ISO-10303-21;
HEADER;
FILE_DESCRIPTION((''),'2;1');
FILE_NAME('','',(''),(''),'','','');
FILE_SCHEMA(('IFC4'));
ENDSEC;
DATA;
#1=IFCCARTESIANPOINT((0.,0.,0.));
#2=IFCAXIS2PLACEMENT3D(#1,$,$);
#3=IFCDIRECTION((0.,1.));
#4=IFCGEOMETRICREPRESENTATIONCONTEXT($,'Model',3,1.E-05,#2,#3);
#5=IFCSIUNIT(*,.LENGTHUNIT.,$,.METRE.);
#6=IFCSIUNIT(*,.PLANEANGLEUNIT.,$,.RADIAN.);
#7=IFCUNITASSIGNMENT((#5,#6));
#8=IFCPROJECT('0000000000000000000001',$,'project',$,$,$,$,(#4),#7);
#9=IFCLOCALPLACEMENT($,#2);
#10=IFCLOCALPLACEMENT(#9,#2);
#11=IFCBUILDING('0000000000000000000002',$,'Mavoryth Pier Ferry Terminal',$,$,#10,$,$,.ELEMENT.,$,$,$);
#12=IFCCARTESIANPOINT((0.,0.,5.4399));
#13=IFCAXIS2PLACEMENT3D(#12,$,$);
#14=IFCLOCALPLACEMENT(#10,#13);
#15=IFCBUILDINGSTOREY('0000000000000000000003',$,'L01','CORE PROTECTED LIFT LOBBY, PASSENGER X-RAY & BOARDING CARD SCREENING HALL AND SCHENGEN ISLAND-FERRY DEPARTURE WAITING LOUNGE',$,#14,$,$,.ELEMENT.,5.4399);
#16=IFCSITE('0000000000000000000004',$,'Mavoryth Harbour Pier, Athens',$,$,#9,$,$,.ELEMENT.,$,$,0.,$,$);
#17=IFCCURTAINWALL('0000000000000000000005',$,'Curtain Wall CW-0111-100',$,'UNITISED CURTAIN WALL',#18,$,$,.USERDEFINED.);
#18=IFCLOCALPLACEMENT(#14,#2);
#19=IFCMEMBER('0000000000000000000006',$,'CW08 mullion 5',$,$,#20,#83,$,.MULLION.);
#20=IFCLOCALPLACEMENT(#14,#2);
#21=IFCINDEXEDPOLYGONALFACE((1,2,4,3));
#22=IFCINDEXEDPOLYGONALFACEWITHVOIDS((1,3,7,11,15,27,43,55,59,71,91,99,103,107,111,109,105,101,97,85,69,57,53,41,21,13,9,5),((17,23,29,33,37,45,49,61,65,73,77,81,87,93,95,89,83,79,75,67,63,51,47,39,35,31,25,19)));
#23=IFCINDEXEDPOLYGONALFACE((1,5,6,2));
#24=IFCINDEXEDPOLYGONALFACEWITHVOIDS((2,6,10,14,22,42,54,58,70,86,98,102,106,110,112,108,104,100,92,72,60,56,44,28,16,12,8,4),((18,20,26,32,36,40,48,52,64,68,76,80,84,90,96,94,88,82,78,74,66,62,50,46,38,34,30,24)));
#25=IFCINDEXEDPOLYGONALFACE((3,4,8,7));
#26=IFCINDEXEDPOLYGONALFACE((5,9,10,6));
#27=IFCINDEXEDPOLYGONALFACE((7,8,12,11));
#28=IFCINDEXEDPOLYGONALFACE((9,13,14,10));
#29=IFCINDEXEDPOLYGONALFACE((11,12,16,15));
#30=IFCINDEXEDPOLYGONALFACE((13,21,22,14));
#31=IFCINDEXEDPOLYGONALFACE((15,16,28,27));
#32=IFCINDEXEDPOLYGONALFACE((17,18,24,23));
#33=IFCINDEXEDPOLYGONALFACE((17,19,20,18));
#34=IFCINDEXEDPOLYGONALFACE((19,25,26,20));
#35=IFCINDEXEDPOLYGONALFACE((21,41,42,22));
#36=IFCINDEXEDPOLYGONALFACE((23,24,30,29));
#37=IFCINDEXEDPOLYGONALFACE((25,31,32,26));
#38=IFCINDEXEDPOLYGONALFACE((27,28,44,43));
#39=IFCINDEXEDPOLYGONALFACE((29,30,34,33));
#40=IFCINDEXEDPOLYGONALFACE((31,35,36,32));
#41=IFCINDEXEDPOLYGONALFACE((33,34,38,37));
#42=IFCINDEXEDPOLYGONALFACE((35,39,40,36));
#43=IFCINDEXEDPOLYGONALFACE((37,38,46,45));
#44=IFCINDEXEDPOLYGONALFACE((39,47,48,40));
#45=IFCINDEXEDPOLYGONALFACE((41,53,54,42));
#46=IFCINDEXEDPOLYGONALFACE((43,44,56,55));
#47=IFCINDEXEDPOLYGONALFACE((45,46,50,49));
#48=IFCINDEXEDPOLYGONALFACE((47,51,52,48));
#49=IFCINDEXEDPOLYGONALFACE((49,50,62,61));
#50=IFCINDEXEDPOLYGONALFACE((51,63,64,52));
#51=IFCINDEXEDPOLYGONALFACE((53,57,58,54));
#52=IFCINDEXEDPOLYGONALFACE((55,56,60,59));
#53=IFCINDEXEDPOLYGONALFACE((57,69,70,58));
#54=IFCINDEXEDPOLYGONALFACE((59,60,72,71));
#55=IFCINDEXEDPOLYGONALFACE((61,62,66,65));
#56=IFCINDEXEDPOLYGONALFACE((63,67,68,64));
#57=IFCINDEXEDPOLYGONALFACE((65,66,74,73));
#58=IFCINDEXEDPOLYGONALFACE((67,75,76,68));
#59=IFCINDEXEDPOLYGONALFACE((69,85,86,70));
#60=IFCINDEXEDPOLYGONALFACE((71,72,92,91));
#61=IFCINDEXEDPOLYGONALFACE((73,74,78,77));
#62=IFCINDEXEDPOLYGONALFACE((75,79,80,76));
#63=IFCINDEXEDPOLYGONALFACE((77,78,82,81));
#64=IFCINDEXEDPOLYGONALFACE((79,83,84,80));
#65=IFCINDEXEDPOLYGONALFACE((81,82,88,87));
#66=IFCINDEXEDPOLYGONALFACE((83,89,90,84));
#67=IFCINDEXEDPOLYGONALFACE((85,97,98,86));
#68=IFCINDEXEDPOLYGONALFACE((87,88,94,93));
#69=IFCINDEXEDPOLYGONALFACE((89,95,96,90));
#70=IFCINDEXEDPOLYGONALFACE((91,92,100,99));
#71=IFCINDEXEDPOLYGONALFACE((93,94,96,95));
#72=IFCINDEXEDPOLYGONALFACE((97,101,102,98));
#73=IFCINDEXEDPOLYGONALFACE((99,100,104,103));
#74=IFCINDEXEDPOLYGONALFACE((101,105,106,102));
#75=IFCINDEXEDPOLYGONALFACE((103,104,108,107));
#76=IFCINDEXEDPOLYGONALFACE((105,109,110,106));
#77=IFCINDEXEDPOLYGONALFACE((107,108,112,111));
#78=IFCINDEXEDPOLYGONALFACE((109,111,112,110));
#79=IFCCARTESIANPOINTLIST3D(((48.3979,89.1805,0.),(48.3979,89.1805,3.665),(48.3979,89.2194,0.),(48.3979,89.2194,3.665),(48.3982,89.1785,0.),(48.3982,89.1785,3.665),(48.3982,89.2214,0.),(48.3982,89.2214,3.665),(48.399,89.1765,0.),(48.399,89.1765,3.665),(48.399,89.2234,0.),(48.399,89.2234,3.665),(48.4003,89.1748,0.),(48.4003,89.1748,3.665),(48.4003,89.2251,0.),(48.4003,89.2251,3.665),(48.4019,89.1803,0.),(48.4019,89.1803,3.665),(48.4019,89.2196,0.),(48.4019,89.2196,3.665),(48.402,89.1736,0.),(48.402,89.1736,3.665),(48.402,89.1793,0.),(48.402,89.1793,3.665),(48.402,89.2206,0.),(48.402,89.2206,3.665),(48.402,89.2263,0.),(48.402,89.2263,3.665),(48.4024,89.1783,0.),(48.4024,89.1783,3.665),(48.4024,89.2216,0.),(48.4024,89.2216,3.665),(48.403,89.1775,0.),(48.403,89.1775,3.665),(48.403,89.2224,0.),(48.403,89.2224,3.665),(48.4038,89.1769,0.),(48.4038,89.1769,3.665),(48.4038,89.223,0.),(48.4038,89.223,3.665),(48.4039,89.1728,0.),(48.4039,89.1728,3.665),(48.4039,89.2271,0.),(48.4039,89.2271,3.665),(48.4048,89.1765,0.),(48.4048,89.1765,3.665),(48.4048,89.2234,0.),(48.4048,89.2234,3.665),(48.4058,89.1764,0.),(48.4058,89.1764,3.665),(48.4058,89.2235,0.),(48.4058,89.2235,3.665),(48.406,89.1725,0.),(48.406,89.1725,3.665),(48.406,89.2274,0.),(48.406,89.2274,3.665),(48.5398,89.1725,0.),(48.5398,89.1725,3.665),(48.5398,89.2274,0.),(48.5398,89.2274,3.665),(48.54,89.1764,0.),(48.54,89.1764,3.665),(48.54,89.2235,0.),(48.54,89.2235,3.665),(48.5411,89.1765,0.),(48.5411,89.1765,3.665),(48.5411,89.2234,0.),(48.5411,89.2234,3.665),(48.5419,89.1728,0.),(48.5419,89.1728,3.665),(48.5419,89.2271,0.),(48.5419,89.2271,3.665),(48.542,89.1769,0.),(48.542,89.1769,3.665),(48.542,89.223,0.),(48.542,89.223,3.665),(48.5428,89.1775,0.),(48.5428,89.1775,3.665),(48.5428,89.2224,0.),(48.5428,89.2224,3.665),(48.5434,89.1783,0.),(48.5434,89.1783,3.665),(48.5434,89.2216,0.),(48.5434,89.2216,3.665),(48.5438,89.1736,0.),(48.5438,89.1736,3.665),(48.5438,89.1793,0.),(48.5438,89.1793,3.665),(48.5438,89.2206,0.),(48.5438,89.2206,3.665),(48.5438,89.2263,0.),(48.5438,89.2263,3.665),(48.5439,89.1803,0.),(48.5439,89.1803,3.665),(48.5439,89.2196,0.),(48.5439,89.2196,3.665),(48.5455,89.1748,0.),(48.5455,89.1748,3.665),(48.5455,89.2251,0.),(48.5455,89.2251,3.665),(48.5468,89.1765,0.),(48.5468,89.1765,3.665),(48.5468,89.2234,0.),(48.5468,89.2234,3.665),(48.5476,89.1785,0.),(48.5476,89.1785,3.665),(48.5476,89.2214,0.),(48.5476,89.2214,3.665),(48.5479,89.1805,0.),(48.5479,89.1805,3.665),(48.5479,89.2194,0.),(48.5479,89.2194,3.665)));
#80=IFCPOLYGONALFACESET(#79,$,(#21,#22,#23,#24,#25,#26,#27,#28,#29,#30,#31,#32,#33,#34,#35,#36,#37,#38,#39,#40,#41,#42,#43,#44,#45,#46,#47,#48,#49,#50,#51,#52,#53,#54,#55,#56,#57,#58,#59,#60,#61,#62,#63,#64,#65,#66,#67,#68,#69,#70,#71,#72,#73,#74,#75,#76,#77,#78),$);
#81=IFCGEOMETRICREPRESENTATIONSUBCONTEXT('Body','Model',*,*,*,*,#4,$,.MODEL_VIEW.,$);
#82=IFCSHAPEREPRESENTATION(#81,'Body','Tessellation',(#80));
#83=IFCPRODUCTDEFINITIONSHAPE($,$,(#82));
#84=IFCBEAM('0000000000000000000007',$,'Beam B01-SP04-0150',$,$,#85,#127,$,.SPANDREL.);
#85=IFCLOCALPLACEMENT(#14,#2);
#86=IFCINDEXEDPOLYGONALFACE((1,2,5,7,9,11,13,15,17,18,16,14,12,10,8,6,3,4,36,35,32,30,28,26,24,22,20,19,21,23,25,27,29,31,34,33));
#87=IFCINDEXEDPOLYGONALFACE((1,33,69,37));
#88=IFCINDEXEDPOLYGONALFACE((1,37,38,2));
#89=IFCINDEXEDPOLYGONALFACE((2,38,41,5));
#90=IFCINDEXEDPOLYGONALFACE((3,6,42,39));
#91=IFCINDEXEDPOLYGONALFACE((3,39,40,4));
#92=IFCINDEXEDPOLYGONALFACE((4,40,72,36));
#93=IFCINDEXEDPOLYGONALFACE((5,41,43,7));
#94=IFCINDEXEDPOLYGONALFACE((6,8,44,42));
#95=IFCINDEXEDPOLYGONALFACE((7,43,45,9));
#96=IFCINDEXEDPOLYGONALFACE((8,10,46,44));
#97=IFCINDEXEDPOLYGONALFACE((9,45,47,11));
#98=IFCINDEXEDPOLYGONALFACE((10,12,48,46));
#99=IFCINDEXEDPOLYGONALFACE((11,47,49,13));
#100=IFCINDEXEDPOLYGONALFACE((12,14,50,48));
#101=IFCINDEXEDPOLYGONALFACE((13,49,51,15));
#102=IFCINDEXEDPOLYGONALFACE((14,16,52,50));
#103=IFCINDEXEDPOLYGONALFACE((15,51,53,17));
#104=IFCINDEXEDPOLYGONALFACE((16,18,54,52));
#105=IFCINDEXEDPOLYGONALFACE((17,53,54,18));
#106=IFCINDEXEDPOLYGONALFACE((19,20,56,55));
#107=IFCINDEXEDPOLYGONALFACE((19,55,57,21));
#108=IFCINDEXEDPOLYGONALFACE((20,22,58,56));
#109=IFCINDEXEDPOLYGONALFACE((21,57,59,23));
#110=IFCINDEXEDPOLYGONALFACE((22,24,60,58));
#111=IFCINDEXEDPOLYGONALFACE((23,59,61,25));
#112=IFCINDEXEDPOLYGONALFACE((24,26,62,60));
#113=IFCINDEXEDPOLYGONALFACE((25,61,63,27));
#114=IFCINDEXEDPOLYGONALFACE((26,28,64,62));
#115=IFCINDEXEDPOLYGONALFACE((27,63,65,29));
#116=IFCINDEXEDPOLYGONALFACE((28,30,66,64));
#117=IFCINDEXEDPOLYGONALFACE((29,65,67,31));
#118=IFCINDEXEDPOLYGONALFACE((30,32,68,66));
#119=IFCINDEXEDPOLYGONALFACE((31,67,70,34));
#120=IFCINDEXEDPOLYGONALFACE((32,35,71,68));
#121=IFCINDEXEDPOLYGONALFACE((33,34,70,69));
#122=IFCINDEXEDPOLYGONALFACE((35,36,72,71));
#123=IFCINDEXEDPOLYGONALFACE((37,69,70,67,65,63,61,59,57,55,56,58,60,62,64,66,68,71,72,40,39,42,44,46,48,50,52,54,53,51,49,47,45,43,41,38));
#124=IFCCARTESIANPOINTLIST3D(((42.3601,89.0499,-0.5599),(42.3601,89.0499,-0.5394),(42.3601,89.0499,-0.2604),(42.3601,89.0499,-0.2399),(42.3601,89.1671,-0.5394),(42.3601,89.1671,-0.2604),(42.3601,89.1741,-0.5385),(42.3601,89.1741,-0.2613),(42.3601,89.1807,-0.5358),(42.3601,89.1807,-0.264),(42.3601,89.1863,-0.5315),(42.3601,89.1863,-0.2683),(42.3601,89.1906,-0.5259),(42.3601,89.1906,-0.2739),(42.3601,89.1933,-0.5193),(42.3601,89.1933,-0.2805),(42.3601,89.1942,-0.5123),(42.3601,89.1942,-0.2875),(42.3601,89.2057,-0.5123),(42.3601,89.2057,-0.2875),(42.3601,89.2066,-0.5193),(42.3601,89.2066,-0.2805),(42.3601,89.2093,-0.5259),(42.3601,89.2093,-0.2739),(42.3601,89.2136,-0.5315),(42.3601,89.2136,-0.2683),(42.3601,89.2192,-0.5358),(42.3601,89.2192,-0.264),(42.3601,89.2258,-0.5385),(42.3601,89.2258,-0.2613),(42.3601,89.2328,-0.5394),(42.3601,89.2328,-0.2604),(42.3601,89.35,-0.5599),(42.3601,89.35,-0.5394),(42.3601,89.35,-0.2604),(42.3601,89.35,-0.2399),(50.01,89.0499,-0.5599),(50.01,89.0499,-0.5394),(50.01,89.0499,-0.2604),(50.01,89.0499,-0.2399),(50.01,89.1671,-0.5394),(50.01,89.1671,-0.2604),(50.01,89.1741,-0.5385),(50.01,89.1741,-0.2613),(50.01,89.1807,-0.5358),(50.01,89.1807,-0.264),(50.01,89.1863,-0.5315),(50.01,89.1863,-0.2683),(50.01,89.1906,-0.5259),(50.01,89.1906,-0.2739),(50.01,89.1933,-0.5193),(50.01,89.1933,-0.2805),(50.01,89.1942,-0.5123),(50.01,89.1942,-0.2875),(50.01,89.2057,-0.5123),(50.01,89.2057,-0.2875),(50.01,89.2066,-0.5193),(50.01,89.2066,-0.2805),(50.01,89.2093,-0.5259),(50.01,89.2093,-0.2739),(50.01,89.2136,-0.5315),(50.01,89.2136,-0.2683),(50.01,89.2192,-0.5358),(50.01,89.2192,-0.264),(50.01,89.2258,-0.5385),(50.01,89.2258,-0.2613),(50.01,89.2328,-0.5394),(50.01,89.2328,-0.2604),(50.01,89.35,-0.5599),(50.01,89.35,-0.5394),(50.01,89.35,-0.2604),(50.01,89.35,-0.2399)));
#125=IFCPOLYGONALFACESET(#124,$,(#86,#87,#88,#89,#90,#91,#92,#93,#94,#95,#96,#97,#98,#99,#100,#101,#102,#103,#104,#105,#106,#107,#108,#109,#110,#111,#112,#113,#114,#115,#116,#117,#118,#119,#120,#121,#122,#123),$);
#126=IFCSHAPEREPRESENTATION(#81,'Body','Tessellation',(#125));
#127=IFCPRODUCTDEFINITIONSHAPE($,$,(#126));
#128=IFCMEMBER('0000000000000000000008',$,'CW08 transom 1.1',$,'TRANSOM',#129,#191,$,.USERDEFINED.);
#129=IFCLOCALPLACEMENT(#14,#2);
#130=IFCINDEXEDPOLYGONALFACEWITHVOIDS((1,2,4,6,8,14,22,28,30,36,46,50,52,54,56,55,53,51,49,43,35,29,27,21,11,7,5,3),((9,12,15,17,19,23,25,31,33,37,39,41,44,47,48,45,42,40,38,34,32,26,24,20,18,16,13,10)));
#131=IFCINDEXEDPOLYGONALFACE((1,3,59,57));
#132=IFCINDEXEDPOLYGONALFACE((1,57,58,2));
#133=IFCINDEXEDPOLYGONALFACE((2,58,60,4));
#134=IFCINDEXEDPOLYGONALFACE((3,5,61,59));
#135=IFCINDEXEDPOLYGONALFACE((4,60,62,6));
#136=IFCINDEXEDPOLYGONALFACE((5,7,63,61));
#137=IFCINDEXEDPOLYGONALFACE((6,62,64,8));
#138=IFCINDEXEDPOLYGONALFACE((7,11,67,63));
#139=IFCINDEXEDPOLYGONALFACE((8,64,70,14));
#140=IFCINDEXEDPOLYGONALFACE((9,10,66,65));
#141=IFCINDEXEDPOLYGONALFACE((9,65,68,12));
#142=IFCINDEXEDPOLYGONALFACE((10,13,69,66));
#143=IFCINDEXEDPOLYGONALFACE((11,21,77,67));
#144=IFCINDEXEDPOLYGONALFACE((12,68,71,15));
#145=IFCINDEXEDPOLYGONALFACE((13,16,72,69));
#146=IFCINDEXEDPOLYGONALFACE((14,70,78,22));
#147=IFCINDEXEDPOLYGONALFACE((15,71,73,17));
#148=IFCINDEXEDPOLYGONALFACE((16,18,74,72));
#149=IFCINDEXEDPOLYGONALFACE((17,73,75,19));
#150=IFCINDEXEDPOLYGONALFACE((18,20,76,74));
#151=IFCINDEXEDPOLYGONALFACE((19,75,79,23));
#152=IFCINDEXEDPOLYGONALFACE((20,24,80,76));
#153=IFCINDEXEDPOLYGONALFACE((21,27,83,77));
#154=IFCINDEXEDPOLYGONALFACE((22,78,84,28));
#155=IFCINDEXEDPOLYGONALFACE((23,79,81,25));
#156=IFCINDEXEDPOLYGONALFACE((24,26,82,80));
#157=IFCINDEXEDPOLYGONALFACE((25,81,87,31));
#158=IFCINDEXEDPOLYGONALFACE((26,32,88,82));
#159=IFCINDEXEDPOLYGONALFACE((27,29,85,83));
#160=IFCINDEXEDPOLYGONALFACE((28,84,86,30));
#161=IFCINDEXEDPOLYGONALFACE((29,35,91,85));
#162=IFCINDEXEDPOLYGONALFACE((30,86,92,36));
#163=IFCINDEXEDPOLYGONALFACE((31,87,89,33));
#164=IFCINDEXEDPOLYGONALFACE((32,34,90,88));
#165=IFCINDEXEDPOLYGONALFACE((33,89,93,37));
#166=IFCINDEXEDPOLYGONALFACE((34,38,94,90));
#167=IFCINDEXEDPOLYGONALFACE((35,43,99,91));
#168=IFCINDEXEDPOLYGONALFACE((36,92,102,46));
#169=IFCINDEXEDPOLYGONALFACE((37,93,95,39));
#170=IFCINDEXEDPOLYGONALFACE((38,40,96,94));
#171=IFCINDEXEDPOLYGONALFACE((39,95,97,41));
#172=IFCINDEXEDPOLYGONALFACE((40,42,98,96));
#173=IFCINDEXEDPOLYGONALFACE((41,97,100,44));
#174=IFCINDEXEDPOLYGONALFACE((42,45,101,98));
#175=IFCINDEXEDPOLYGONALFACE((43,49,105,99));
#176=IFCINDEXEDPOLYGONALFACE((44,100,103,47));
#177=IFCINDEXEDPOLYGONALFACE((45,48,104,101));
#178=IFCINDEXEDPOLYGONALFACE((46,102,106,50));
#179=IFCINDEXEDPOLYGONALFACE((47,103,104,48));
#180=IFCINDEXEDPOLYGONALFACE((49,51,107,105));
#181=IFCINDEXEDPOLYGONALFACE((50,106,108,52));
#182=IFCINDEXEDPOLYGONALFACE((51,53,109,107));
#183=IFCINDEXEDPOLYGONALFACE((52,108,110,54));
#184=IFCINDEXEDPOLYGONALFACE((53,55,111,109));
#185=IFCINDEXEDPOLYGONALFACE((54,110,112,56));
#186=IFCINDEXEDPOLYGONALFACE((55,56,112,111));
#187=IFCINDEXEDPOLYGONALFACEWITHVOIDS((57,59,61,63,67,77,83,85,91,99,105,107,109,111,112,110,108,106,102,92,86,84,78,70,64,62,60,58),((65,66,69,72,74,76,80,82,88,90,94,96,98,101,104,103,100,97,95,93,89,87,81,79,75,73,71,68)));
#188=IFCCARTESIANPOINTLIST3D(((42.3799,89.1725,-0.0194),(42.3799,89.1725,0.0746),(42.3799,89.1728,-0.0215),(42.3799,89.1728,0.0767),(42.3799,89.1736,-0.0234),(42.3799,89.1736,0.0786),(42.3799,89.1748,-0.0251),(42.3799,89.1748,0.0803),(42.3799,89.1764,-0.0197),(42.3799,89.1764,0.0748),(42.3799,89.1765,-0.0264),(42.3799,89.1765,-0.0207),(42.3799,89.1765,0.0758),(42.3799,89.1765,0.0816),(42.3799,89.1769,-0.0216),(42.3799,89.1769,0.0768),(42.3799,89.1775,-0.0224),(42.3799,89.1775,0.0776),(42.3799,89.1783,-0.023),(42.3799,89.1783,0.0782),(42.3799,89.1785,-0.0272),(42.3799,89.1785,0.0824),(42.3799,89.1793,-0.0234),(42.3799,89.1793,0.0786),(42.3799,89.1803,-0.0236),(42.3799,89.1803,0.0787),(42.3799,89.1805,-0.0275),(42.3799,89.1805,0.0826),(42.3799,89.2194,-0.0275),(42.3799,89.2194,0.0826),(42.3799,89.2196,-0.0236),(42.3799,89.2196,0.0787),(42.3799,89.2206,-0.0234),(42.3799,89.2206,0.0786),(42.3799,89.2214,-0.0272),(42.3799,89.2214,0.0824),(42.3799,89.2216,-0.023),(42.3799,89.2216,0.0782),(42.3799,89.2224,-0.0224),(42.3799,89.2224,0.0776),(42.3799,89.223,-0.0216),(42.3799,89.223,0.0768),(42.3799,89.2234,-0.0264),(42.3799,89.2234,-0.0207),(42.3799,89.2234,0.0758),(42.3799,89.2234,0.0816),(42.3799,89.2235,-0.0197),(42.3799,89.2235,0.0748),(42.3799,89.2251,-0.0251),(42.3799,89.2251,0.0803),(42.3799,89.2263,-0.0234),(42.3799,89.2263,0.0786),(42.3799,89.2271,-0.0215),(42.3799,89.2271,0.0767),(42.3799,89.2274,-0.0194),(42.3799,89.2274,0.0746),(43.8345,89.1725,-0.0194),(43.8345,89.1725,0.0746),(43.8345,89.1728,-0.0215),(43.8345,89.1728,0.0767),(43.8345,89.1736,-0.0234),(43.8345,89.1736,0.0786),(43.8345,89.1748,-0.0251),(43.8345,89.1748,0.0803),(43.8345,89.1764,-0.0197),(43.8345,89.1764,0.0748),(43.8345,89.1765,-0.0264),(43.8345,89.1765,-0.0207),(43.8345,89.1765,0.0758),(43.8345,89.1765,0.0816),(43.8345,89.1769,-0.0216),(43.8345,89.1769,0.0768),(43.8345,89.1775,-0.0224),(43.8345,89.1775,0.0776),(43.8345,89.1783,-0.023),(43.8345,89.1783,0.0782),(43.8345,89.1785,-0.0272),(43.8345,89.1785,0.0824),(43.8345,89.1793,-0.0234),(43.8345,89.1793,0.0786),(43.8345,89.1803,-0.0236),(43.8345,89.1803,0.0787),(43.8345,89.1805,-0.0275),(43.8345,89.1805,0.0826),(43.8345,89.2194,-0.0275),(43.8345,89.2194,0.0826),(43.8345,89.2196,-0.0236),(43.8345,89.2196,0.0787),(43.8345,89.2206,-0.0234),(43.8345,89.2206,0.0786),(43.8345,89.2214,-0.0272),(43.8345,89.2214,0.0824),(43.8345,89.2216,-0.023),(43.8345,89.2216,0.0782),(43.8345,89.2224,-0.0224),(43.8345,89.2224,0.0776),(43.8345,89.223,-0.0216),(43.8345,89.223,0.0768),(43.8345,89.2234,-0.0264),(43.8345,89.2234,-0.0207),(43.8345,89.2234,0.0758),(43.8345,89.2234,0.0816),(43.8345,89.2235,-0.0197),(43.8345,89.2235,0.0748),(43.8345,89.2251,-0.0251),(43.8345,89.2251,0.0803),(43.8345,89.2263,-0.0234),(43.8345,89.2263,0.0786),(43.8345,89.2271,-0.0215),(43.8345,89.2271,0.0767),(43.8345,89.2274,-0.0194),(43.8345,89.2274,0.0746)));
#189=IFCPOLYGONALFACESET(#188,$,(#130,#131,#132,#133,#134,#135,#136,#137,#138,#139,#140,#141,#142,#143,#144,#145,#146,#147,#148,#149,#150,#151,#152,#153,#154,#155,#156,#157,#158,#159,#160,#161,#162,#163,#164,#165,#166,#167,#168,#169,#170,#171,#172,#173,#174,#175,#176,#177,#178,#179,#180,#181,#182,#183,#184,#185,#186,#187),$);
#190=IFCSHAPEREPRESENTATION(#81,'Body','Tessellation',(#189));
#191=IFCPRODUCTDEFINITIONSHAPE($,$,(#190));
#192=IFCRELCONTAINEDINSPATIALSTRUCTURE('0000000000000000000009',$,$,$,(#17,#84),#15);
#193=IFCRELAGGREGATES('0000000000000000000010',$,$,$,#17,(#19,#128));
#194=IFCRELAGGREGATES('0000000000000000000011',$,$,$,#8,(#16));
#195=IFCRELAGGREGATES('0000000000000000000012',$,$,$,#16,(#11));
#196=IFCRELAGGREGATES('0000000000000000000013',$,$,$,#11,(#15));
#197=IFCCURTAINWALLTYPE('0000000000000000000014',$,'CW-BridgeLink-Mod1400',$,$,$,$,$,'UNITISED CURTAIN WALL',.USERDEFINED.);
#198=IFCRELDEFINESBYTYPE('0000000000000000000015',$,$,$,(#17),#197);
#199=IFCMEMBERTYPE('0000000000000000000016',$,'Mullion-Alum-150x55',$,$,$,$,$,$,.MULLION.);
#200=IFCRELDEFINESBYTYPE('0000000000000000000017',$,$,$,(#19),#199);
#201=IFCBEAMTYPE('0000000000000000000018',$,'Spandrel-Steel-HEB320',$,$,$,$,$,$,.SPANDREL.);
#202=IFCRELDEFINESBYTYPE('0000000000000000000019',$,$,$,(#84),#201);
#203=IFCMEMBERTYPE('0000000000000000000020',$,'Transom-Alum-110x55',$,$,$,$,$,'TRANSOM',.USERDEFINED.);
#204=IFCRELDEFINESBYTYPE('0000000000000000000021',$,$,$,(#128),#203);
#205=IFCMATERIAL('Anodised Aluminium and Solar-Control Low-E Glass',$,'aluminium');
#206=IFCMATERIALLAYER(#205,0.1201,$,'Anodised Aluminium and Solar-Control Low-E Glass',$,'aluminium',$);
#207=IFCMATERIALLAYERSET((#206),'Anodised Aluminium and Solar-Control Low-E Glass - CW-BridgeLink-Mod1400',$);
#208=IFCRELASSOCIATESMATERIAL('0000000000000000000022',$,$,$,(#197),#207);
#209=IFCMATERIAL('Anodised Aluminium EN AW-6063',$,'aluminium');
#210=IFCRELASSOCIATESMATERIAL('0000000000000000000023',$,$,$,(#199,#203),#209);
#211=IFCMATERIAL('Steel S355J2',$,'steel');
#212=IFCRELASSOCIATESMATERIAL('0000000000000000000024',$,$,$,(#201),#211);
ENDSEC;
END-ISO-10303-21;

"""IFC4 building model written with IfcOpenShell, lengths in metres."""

from ifc_helpers import new_model, si_unit, direction, frame, origin, origin_2d, place, context, subcontext, project, spatial, hollow_rectangle, i_section, extrude, material, layer, layer_set, material_profile, profile_set, type_object, element, aggregate, save


model = new_model("IFC4")

# Units and contexts
model_context = context("Model", 3, precision=1e-05, world=origin(), true_north=direction((0.0, 1.0)))
body_context = subcontext(model_context, "Body", "Model", "MODEL_VIEW")
ifc_project = project(units=[si_unit("LENGTHUNIT", "METRE"), si_unit("PLANEANGLEUNIT", "RADIAN")], contexts=[model_context])

# Site, building, storey
site_placement = place(None, origin())
site = spatial("IfcSite", under=ifc_project, at=site_placement, Name="Mavoryth Harbour Pier, Athens", CompositionType="ELEMENT", RefElevation=0.0)
building_placement = place(site_placement, origin())
building = spatial("IfcBuilding", under=site, at=building_placement, Name="Mavoryth Pier Ferry Terminal", CompositionType="ELEMENT")
storey_placement = place(building_placement, frame((0.0, 0.0, 5.4399)))
storey = spatial("IfcBuildingStorey", under=building, at=storey_placement, Name="L01", Description="CORE PROTECTED LIFT LOBBY, PASSENGER X-RAY & BOARDING CARD SCREENING HALL AND SCHENGEN ISLAND-FERRY DEPARTURE WAITING LOUNGE", CompositionType="ELEMENT", Elevation=5.4399)

# Shared definitions
ifc_material_1 = material(Name="Steel S355J2", Category="steel")

# Curtain wall, member
ifc_material_2 = material(Name="Anodised Aluminium and Solar-Control Low-E Glass", Category="aluminium")
ifc_layer_1 = layer(ifc_material_2, 0.1201, Name="Anodised Aluminium and Solar-Control Low-E Glass", Category="aluminium")
ifc_layer_set_1 = layer_set([ifc_layer_1], Name="Anodised Aluminium and Solar-Control Low-E Glass - CW-BridgeLink-Mod1400")
curtain_wall_type = type_object("IfcCurtainWallType", Name="CW-BridgeLink-Mod1400", ElementType="UNITISED CURTAIN WALL", PredefinedType="USERDEFINED", material=ifc_layer_set_1)
curtain_wall_placement = place(storey_placement, origin())
curtain_wall = element("IfcCurtainWall", 1, at=curtain_wall_placement, inside=storey, type_object=curtain_wall_type, Name="Curtain Wall CW-0111-100", ObjectType="UNITISED CURTAIN WALL", PredefinedType="USERDEFINED")
ifc_material_3 = material(Name="Anodised Aluminium EN AW-6063", Category="aluminium")
ifc_material_profile_1 = material_profile(ifc_material_3, hollow_rectangle(XDim=0.0549, YDim=0.1499, WallThickness=0.0039, InnerFilletRadius=0.0039, OuterFilletRadius=0.0081, at=origin_2d()), Name="AL-MULL 150x55x4", Category="aluminium")
ifc_profile_set_1 = profile_set([ifc_material_profile_1], Name="Anodised Aluminium EN AW-6063 - AL-MULL 150x55x4")
member_type_1 = type_object("IfcMemberType", Name="Mullion-Alum-150x55", PredefinedType="MULLION", material=ifc_profile_set_1)
member_1_placement = place(storey_placement, frame((48.4729, 89.2, 0.0), z_axis=(0.0, 0.0, 1.0), x_axis=(0.0, 1.0, 0.0)))
member_1 = element("IfcMember", 2, at=member_1_placement, type_object=member_type_1, Name="CW08 mullion 5", PredefinedType="MULLION", context=body_context, shape_type="SweptSolid", body=[
    extrude(hollow_rectangle(XDim=0.0549, YDim=0.1499, WallThickness=0.0039, InnerFilletRadius=0.0039, OuterFilletRadius=0.0081, at=origin_2d()), origin(), (0.0, 0.0, 1.0), 3.665),
])

# Beam
ifc_material_profile_2 = material_profile(ifc_material_1, i_section(OverallWidth=0.3, OverallDepth=0.3201, WebThickness=0.0115, FlangeThickness=0.0205, FilletRadius=0.0271, at=origin_2d()), Name="HEB 320", Category="steel")
ifc_profile_set_2 = profile_set([ifc_material_profile_2], Name="Steel S355J2 - HEB 320")
beam_type_1 = type_object("IfcBeamType", Name="Spandrel-Steel-HEB320", PredefinedType="SPANDREL", material=ifc_profile_set_2)
beam_1_placement = place(storey_placement, frame((42.3601, 89.2, -0.3999), z_axis=(1.0, 0.0, 0.0), x_axis=(0.0, 1.0, 0.0)))
element("IfcBeam", 3, at=beam_1_placement, inside=storey, type_object=beam_type_1, Name="Beam B01-SP04-0150", PredefinedType="SPANDREL", context=body_context, shape_type="SweptSolid", body=[
    extrude(i_section(OverallWidth=0.3, OverallDepth=0.3201, WebThickness=0.0115, FlangeThickness=0.0205, FilletRadius=0.0271, at=origin_2d()), origin(), (0.0, 0.0, 1.0), 7.6499),
])

# Member
ifc_material_profile_3 = material_profile(ifc_material_3, hollow_rectangle(XDim=0.0549, YDim=0.1101, WallThickness=0.0039, InnerFilletRadius=0.0039, OuterFilletRadius=0.0081, at=origin_2d()), Name="AL-TRAN 110x55x4", Category="aluminium")
ifc_profile_set_3 = profile_set([ifc_material_profile_3], Name="Anodised Aluminium EN AW-6063 - AL-TRAN 110x55x4")
member_type_2 = type_object("IfcMemberType", Name="Transom-Alum-110x55", ElementType="TRANSOM", PredefinedType="USERDEFINED", material=ifc_profile_set_3)
member_2_placement = place(storey_placement, frame((42.3799, 89.2, 0.0276), z_axis=(1.0, 0.0, 0.0), x_axis=(0.0, 1.0, 0.0)))
member_2 = element("IfcMember", 4, at=member_2_placement, type_object=member_type_2, Name="CW08 transom 1.1", ObjectType="TRANSOM", PredefinedType="USERDEFINED", context=body_context, shape_type="SweptSolid", body=[
    extrude(hollow_rectangle(XDim=0.0549, YDim=0.1101, WallThickness=0.0039, InnerFilletRadius=0.0039, OuterFilletRadius=0.0081, at=origin_2d()), origin(), (0.0, 0.0, 1.0), 1.4546),
])

aggregate(curtain_wall, [member_1, member_2])

save(model, "model.ifc")
